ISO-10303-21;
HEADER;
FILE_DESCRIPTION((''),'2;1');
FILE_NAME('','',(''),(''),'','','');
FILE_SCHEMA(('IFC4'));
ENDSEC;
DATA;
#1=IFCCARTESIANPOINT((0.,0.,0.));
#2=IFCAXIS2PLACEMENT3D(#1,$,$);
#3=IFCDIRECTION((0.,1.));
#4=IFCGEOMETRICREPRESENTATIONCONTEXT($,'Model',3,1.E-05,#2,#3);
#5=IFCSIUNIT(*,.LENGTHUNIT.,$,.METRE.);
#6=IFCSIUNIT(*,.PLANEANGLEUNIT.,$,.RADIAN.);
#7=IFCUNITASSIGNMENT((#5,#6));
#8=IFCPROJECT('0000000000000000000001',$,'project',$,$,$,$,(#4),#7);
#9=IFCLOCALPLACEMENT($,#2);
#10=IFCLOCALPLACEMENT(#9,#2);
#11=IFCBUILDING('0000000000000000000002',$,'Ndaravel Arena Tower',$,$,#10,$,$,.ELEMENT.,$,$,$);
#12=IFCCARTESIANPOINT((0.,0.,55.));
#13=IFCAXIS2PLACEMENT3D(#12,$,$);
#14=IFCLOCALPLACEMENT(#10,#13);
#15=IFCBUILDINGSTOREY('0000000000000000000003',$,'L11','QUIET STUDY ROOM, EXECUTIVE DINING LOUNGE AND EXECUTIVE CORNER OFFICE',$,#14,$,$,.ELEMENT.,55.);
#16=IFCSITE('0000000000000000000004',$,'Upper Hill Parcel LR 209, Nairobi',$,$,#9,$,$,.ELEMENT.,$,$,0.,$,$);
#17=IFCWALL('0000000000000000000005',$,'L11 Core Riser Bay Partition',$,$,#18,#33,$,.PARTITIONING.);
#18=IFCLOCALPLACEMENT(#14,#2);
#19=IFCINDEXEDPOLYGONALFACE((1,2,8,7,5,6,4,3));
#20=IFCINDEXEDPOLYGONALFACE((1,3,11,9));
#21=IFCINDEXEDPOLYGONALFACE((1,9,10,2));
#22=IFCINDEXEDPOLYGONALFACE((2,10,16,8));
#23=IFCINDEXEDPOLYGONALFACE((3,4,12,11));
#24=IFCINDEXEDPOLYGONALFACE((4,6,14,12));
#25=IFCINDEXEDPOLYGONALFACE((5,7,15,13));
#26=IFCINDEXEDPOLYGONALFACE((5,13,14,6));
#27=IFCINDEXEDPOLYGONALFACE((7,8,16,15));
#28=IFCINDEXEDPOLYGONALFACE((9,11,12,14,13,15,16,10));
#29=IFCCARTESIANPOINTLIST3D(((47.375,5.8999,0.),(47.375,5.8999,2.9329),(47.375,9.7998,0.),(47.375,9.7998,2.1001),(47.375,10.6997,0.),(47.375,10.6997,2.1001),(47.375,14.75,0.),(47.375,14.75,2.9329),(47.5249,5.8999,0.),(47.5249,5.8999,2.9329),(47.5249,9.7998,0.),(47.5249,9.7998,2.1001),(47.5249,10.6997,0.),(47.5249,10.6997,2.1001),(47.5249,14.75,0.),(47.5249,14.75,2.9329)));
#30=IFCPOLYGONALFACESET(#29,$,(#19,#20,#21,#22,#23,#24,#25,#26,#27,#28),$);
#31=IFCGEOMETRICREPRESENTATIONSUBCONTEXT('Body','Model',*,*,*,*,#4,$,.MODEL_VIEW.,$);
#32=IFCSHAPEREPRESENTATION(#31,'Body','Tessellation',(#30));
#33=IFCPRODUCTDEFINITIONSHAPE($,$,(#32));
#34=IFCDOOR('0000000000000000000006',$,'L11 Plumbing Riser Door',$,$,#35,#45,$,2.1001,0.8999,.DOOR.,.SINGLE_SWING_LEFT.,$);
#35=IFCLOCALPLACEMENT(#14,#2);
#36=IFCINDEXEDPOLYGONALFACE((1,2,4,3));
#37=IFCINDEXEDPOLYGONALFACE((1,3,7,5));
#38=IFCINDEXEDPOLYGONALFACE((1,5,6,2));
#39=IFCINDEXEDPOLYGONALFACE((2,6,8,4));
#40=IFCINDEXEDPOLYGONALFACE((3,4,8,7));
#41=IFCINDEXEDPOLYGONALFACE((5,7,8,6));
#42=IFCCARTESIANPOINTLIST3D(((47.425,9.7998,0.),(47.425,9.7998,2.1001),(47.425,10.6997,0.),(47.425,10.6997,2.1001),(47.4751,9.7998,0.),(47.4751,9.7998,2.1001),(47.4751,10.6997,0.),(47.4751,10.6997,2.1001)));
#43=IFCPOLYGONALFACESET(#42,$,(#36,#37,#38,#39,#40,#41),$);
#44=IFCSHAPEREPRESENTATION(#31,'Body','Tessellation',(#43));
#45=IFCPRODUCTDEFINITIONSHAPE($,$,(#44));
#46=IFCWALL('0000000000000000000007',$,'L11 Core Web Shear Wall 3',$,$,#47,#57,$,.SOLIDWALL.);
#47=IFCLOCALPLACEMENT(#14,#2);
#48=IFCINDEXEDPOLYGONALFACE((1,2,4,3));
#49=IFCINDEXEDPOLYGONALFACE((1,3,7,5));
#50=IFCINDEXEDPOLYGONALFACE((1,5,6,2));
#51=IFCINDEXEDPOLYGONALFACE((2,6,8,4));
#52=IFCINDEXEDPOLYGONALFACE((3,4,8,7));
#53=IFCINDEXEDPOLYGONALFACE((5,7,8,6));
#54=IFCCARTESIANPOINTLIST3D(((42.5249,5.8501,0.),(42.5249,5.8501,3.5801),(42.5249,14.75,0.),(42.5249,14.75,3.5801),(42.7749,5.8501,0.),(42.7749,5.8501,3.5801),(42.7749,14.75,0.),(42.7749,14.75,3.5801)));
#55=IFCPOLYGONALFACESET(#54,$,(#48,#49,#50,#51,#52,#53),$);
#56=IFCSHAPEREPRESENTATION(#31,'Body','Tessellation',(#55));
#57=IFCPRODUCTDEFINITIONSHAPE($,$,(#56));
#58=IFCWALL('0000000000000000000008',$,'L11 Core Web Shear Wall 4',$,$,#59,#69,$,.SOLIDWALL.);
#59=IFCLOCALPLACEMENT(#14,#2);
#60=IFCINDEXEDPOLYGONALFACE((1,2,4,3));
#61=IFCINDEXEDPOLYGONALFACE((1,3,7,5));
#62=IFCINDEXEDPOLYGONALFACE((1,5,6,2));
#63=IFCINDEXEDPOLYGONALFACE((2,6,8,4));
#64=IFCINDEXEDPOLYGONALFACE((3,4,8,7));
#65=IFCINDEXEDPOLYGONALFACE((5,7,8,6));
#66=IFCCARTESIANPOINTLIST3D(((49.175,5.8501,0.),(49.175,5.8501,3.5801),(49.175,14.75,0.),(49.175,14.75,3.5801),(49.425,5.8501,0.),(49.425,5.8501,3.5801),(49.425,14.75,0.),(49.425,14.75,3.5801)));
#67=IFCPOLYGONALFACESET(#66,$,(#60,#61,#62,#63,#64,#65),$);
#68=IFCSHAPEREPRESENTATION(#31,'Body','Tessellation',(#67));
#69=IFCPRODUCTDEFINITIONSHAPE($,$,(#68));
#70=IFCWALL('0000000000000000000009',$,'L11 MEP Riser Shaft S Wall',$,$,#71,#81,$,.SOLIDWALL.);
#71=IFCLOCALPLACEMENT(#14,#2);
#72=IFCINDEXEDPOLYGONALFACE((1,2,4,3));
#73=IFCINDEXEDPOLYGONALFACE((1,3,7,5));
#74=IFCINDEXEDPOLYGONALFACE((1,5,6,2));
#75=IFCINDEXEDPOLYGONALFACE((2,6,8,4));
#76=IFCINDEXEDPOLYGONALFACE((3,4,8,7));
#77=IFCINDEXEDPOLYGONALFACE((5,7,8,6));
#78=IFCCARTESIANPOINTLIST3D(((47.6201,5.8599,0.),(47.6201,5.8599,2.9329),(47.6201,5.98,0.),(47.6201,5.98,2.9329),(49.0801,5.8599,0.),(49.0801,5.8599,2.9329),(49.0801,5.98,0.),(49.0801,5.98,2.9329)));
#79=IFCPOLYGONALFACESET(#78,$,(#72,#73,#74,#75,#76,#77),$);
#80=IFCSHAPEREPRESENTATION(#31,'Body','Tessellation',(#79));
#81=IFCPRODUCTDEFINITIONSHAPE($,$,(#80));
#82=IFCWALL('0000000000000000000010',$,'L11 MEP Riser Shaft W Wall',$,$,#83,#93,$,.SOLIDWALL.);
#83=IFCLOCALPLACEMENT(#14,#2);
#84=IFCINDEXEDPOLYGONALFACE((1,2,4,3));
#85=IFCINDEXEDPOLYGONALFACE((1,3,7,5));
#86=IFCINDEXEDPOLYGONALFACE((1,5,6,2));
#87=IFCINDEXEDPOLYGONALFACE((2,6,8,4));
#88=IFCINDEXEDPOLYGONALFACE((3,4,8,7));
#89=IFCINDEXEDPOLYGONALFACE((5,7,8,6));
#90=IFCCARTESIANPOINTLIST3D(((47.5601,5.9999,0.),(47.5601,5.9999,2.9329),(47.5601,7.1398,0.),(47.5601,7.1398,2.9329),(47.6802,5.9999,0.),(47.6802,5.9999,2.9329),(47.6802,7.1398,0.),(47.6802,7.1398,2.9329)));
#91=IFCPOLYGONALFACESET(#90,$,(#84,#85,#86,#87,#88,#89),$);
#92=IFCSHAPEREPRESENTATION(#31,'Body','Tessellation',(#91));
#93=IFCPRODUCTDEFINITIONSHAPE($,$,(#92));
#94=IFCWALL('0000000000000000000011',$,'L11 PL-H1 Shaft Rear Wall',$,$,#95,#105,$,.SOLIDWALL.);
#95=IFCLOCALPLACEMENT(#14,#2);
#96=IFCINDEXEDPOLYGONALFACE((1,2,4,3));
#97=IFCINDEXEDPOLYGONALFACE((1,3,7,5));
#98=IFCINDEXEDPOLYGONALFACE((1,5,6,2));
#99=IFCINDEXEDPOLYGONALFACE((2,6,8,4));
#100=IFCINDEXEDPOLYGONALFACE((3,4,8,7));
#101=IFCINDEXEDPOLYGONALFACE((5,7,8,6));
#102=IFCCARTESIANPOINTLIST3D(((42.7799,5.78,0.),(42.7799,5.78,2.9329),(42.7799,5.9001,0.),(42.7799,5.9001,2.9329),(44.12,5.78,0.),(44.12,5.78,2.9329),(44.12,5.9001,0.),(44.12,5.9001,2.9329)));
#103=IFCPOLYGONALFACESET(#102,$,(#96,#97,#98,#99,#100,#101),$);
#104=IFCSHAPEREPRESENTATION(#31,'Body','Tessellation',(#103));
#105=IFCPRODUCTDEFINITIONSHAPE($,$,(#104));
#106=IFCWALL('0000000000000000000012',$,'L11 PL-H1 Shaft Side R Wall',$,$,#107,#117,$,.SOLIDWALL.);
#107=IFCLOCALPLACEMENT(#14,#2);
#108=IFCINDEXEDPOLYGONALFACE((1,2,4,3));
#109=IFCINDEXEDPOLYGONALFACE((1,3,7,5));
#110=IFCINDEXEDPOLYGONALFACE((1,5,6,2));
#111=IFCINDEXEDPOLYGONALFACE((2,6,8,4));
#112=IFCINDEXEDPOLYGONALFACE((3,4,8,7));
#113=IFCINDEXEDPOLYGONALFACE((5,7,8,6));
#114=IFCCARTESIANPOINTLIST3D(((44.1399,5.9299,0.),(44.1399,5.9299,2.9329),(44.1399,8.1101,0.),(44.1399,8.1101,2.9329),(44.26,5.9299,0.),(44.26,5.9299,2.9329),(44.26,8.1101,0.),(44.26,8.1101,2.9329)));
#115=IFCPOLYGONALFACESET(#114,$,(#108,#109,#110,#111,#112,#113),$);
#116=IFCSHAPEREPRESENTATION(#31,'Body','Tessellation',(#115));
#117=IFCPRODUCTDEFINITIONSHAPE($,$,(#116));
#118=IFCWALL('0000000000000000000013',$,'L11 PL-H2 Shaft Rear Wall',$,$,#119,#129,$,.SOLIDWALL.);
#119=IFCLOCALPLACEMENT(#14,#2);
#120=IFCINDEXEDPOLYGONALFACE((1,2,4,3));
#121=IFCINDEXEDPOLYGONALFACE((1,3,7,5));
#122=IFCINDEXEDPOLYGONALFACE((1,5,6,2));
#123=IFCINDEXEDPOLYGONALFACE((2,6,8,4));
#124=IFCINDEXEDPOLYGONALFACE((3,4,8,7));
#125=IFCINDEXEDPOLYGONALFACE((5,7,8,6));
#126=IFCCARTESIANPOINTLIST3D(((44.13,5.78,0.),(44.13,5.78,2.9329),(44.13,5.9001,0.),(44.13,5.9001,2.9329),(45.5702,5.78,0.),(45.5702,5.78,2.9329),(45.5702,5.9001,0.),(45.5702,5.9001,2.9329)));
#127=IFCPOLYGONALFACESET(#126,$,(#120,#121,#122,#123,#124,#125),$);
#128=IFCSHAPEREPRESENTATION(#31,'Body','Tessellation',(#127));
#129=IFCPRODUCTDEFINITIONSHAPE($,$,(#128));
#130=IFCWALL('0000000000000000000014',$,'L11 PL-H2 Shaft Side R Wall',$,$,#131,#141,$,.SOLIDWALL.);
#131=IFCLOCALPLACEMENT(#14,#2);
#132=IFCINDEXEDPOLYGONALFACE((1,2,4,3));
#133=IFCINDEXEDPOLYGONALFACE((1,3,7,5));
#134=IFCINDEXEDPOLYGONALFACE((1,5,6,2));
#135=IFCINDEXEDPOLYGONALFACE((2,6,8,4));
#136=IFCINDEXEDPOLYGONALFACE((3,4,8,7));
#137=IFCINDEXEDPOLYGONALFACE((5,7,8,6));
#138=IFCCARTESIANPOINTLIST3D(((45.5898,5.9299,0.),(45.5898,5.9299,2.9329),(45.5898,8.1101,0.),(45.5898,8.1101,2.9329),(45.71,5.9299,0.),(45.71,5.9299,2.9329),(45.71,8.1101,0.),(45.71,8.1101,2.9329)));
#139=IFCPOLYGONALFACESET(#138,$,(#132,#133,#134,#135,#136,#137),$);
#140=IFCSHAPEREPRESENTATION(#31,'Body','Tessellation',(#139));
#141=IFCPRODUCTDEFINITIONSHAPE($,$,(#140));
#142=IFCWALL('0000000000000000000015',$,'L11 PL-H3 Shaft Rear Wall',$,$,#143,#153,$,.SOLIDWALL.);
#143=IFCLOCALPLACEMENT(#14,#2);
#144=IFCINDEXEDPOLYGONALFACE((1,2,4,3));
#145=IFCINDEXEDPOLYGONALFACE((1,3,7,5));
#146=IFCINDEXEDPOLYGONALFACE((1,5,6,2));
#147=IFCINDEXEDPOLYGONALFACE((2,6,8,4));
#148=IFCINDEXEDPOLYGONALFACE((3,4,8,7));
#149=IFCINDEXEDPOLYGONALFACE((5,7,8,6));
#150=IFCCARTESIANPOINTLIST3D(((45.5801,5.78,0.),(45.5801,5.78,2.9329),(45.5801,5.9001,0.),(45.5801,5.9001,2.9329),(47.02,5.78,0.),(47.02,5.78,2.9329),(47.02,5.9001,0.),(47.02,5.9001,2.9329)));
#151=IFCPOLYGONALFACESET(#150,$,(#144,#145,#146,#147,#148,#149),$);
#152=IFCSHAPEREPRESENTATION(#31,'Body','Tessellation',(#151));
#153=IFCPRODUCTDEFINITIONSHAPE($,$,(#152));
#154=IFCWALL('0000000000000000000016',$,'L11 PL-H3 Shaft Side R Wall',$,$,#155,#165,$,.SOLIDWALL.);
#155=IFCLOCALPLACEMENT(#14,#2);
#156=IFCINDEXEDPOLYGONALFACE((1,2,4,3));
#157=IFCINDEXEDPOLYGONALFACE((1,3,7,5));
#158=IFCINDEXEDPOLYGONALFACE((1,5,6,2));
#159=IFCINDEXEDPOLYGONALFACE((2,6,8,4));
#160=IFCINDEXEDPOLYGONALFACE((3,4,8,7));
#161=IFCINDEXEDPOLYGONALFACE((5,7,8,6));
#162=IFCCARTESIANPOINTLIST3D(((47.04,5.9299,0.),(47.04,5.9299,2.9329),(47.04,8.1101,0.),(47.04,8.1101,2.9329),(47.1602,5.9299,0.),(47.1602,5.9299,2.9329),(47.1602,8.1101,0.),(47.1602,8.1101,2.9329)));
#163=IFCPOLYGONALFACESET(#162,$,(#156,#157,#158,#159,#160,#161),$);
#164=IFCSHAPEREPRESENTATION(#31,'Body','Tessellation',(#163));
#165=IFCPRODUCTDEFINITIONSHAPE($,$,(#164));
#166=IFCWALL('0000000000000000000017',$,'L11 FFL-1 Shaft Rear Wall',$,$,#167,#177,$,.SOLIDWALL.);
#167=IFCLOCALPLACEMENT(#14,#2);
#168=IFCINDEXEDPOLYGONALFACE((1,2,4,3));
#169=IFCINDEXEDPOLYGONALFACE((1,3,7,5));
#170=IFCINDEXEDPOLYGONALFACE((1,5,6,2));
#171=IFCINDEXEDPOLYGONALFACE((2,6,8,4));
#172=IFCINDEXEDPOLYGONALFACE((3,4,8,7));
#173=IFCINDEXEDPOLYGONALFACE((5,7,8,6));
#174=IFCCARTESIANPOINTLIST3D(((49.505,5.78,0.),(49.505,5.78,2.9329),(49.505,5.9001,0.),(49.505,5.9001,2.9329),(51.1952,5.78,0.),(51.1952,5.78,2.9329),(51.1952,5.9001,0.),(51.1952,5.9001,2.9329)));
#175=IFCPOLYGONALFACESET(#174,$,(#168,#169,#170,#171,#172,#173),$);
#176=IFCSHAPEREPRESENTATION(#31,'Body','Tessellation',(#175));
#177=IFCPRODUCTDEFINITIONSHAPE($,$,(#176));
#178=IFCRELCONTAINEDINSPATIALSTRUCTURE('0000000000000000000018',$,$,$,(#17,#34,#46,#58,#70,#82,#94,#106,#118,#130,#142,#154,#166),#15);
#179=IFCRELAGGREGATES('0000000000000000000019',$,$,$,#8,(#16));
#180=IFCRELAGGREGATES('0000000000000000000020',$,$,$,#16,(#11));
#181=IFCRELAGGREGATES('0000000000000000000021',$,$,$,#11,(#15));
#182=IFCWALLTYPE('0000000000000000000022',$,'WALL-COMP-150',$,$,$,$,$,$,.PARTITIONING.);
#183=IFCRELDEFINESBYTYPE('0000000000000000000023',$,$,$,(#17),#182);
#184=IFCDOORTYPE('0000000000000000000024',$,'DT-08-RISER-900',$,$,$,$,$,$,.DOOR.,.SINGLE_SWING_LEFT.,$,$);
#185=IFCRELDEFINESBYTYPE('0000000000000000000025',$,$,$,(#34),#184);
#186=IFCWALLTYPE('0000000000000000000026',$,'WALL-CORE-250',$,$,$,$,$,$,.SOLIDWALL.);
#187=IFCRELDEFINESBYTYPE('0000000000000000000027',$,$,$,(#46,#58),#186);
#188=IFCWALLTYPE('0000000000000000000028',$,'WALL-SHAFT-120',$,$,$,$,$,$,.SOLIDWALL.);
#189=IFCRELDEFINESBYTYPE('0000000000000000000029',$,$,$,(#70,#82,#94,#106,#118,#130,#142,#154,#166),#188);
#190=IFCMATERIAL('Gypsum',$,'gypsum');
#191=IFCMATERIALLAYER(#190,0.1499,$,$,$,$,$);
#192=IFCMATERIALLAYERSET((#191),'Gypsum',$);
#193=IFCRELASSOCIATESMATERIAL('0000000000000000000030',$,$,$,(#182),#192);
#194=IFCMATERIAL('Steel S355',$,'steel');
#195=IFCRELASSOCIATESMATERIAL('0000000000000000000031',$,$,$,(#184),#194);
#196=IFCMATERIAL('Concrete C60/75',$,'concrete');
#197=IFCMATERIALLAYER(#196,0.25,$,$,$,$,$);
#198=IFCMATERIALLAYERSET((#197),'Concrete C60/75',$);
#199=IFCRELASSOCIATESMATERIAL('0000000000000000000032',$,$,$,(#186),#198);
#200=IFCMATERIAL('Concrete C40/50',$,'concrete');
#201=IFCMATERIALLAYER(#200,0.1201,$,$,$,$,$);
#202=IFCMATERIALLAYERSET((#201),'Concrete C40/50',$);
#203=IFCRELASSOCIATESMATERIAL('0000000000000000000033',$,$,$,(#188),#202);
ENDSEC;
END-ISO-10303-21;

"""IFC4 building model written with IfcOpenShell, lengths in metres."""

from ifc_helpers import new_model, si_unit, direction, frame, frame_2d, origin, place, context, subcontext, project, spatial, rectangle, extrude, material, layer, layer_set, type_object, element, fill, save


model = new_model("IFC4")

# Units and contexts
model_context = context("Model", 3, precision=1e-05, world=origin(), true_north=direction((0.0, 1.0)))
body_context = subcontext(model_context, "Body", "Model", "MODEL_VIEW")
ifc_project = project(units=[si_unit("LENGTHUNIT", "METRE"), si_unit("PLANEANGLEUNIT", "RADIAN")], contexts=[model_context])

# Site, building, storey
site_placement = place(None, origin())
site = spatial("IfcSite", under=ifc_project, at=site_placement, Name="Upper Hill Parcel LR 209, Nairobi", CompositionType="ELEMENT", RefElevation=0.0)
building_placement = place(site_placement, origin())
building = spatial("IfcBuilding", under=site, at=building_placement, Name="Ndaravel Arena Tower", CompositionType="ELEMENT")
storey_placement = place(building_placement, frame((0.0, 0.0, 55.0)))
storey = spatial("IfcBuildingStorey", under=building, at=storey_placement, Name="L11", Description="QUIET STUDY ROOM, EXECUTIVE DINING LOUNGE AND EXECUTIVE CORNER OFFICE", CompositionType="ELEMENT", Elevation=55.0)

# Wall, opening, door
ifc_material_1 = material(Name="Gypsum", Category="gypsum")
ifc_layer_1 = layer(ifc_material_1, 0.1499)
ifc_layer_set_1 = layer_set([ifc_layer_1], Name="Gypsum")
wall_type_1 = type_object("IfcWallType", Name="WALL-COMP-150", PredefinedType="PARTITIONING", material=ifc_layer_set_1)
wall_1_placement = place(storey_placement, frame((47.45, 5.8999, 0.0), z_axis=(0.0, 0.0, 1.0), x_axis=(0.0, 1.0, 0.0)))
wall_1 = element("IfcWall", 1, at=wall_1_placement, inside=storey, type_object=wall_type_1, Name="L11 Core Riser Bay Partition", PredefinedType="PARTITIONING", context=body_context, shape_type="SweptSolid", body=[
    extrude(rectangle(XDim=8.8501, YDim=0.1499, at=frame_2d((4.425, 0.0))), origin(), (0.0, 0.0, 1.0), 2.9329),
])
opening_placement = place(wall_1_placement, frame((3.8999, 0.0, 0.0)))
opening = element("IfcOpeningElement", 2, at=opening_placement, cuts=wall_1, PredefinedType="OPENING", context=body_context, shape_type="SweptSolid", body=[
    extrude(rectangle(XDim=0.8999, YDim=2.1001, at=frame_2d((0.45, 1.05))), frame((0.0, 0.075, 0.0), z_axis=(0.0, -1.0, 0.0), x_axis=(1.0, 0.0, 0.0)), (0.0, 0.0, 1.0), 0.1499),
])
ifc_material_2 = material(Name="Steel S355", Category="steel")
door_type = type_object("IfcDoorType", Name="DT-08-RISER-900", OperationType="SINGLE_SWING_LEFT", PredefinedType="DOOR", material=ifc_material_2)
door_placement = place(opening_placement, origin())
door = element("IfcDoor", 3, at=door_placement, inside=storey, type_object=door_type, Name="L11 Plumbing Riser Door", OperationType="SINGLE_SWING_LEFT", OverallHeight=2.1001, OverallWidth=0.8999, PredefinedType="DOOR", context=body_context, shape_type="SweptSolid", body=[
    extrude(rectangle(XDim=0.8999, YDim=2.1001, at=frame_2d((0.45, 1.05))), frame((0.0, 0.0249, 0.0), z_axis=(0.0, -1.0, 0.0), x_axis=(1.0, 0.0, 0.0)), (0.0, 0.0, 1.0), 0.05),
])
fill(opening, door)

# Walls
ifc_material_3 = material(Name="Concrete C60/75", Category="concrete")
ifc_layer_2 = layer(ifc_material_3, 0.25)
ifc_layer_set_2 = layer_set([ifc_layer_2], Name="Concrete C60/75")
wall_type_2 = type_object("IfcWallType", Name="WALL-CORE-250", PredefinedType="SOLIDWALL", material=ifc_layer_set_2)
for number, where, z_axis, x_axis, name in (
    (4, (42.6499, 5.8501, 0.0), (0.0, 0.0, 1.0), (0.0, 1.0, 0.0), "L11 Core Web Shear Wall 3"),
    (5, (49.3, 5.8501, 0.0), (0.0, 0.0, 1.0), (0.0, 1.0, 0.0), "L11 Core Web Shear Wall 4"),
):
    element("IfcWall", number, at=place(storey_placement, frame(where, z_axis=z_axis, x_axis=x_axis)), inside=storey, type_object=wall_type_2, Name=name, PredefinedType="SOLIDWALL", context=body_context, shape_type="SweptSolid", body=[
        extrude(rectangle(XDim=8.8999, YDim=0.25, at=frame_2d((4.45, 0.0))), origin(), (0.0, 0.0, 1.0), 3.5801),
    ])
ifc_material_4 = material(Name="Concrete C40/50", Category="concrete")
ifc_layer_3 = layer(ifc_material_4, 0.1201)
ifc_layer_set_3 = layer_set([ifc_layer_3], Name="Concrete C40/50")
wall_type_3 = type_object("IfcWallType", Name="WALL-SHAFT-120", PredefinedType="SOLIDWALL", material=ifc_layer_set_3)
wall_2_placement = place(storey_placement, frame((47.6201, 5.9199, 0.0), z_axis=(0.0, 0.0, 1.0), x_axis=(1.0, 0.0, 0.0)))
element("IfcWall", 6, at=wall_2_placement, inside=storey, type_object=wall_type_3, Name="L11 MEP Riser Shaft S Wall", PredefinedType="SOLIDWALL", context=body_context, shape_type="SweptSolid", body=[
    extrude(rectangle(XDim=1.46, YDim=0.1201, at=frame_2d((0.73, 0.0))), origin(), (0.0, 0.0, 1.0), 2.9329),
])
wall_3_placement = place(storey_placement, frame((47.6201, 6.0, 0.0), z_axis=(0.0, 0.0, 1.0), x_axis=(0.0, 1.0, 0.0)))
element("IfcWall", 7, at=wall_3_placement, inside=storey, type_object=wall_type_3, Name="L11 MEP Riser Shaft W Wall", PredefinedType="SOLIDWALL", context=body_context, shape_type="SweptSolid", body=[
    extrude(rectangle(XDim=1.1399, YDim=0.1201, at=frame_2d((0.5698, 0.0))), origin(), (0.0, 0.0, 1.0), 2.9329),
])
wall_4_placement = place(storey_placement, frame((42.78, 5.8401, 0.0), z_axis=(0.0, 0.0, 1.0), x_axis=(1.0, 0.0, 0.0)))
element("IfcWall", 8, at=wall_4_placement, inside=storey, type_object=wall_type_3, Name="L11 PL-H1 Shaft Rear Wall", PredefinedType="SOLIDWALL", context=body_context, shape_type="SweptSolid", body=[
    extrude(rectangle(XDim=1.3401, YDim=0.1201, at=frame_2d((0.6699, 0.0))), origin(), (0.0, 0.0, 1.0), 2.9329),
])
wall_5_placement = place(storey_placement, frame((44.2, 5.9299, 0.0), z_axis=(0.0, 0.0, 1.0), x_axis=(0.0, 1.0, 0.0)))
element("IfcWall", 9, at=wall_5_placement, inside=storey, type_object=wall_type_3, Name="L11 PL-H1 Shaft Side R Wall", PredefinedType="SOLIDWALL", context=body_context, shape_type="SweptSolid", body=[
    extrude(rectangle(XDim=2.1802, YDim=0.1201, at=frame_2d((1.0901, 0.0))), origin(), (0.0, 0.0, 1.0), 2.9329),
])
wall_6_placement = place(storey_placement, frame((44.1299, 5.8401, 0.0), z_axis=(0.0, 0.0, 1.0), x_axis=(1.0, 0.0, 0.0)))
element("IfcWall", 10, at=wall_6_placement, inside=storey, type_object=wall_type_3, Name="L11 PL-H2 Shaft Rear Wall", PredefinedType="SOLIDWALL", context=body_context, shape_type="SweptSolid", body=[
    extrude(rectangle(XDim=1.4402, YDim=0.1201, at=frame_2d((0.7202, 0.0))), origin(), (0.0, 0.0, 1.0), 2.9329),
])
wall_7_placement = place(storey_placement, frame((45.6499, 5.9299, 0.0), z_axis=(0.0, 0.0, 1.0), x_axis=(0.0, 1.0, 0.0)))
element("IfcWall", 11, at=wall_7_placement, inside=storey, type_object=wall_type_3, Name="L11 PL-H2 Shaft Side R Wall", PredefinedType="SOLIDWALL", context=body_context, shape_type="SweptSolid", body=[
    extrude(rectangle(XDim=2.1802, YDim=0.1201, at=frame_2d((1.0901, 0.0))), origin(), (0.0, 0.0, 1.0), 2.9329),
])
wall_8_placement = place(storey_placement, frame((45.5801, 5.8401, 0.0), z_axis=(0.0, 0.0, 1.0), x_axis=(1.0, 0.0, 0.0)))
element("IfcWall", 12, at=wall_8_placement, inside=storey, type_object=wall_type_3, Name="L11 PL-H3 Shaft Rear Wall", PredefinedType="SOLIDWALL", context=body_context, shape_type="SweptSolid", body=[
    extrude(rectangle(XDim=1.4399, YDim=0.1201, at=frame_2d((0.72, 0.0))), origin(), (0.0, 0.0, 1.0), 2.9329),
])
wall_9_placement = place(storey_placement, frame((47.1001, 5.9299, 0.0), z_axis=(0.0, 0.0, 1.0), x_axis=(0.0, 1.0, 0.0)))
element("IfcWall", 13, at=wall_9_placement, inside=storey, type_object=wall_type_3, Name="L11 PL-H3 Shaft Side R Wall", PredefinedType="SOLIDWALL", context=body_context, shape_type="SweptSolid", body=[
    extrude(rectangle(XDim=2.1802, YDim=0.1201, at=frame_2d((1.0901, 0.0))), origin(), (0.0, 0.0, 1.0), 2.9329),
])
wall_10_placement = place(storey_placement, frame((49.5049, 5.8401, 0.0), z_axis=(0.0, 0.0, 1.0), x_axis=(1.0, 0.0, 0.0)))
element("IfcWall", 14, at=wall_10_placement, inside=storey, type_object=wall_type_3, Name="L11 FFL-1 Shaft Rear Wall", PredefinedType="SOLIDWALL", context=body_context, shape_type="SweptSolid", body=[
    extrude(rectangle(XDim=1.6902, YDim=0.1201, at=frame_2d((0.8452, 0.0))), origin(), (0.0, 0.0, 1.0), 2.9329),
])

save(model, "model.ifc")
